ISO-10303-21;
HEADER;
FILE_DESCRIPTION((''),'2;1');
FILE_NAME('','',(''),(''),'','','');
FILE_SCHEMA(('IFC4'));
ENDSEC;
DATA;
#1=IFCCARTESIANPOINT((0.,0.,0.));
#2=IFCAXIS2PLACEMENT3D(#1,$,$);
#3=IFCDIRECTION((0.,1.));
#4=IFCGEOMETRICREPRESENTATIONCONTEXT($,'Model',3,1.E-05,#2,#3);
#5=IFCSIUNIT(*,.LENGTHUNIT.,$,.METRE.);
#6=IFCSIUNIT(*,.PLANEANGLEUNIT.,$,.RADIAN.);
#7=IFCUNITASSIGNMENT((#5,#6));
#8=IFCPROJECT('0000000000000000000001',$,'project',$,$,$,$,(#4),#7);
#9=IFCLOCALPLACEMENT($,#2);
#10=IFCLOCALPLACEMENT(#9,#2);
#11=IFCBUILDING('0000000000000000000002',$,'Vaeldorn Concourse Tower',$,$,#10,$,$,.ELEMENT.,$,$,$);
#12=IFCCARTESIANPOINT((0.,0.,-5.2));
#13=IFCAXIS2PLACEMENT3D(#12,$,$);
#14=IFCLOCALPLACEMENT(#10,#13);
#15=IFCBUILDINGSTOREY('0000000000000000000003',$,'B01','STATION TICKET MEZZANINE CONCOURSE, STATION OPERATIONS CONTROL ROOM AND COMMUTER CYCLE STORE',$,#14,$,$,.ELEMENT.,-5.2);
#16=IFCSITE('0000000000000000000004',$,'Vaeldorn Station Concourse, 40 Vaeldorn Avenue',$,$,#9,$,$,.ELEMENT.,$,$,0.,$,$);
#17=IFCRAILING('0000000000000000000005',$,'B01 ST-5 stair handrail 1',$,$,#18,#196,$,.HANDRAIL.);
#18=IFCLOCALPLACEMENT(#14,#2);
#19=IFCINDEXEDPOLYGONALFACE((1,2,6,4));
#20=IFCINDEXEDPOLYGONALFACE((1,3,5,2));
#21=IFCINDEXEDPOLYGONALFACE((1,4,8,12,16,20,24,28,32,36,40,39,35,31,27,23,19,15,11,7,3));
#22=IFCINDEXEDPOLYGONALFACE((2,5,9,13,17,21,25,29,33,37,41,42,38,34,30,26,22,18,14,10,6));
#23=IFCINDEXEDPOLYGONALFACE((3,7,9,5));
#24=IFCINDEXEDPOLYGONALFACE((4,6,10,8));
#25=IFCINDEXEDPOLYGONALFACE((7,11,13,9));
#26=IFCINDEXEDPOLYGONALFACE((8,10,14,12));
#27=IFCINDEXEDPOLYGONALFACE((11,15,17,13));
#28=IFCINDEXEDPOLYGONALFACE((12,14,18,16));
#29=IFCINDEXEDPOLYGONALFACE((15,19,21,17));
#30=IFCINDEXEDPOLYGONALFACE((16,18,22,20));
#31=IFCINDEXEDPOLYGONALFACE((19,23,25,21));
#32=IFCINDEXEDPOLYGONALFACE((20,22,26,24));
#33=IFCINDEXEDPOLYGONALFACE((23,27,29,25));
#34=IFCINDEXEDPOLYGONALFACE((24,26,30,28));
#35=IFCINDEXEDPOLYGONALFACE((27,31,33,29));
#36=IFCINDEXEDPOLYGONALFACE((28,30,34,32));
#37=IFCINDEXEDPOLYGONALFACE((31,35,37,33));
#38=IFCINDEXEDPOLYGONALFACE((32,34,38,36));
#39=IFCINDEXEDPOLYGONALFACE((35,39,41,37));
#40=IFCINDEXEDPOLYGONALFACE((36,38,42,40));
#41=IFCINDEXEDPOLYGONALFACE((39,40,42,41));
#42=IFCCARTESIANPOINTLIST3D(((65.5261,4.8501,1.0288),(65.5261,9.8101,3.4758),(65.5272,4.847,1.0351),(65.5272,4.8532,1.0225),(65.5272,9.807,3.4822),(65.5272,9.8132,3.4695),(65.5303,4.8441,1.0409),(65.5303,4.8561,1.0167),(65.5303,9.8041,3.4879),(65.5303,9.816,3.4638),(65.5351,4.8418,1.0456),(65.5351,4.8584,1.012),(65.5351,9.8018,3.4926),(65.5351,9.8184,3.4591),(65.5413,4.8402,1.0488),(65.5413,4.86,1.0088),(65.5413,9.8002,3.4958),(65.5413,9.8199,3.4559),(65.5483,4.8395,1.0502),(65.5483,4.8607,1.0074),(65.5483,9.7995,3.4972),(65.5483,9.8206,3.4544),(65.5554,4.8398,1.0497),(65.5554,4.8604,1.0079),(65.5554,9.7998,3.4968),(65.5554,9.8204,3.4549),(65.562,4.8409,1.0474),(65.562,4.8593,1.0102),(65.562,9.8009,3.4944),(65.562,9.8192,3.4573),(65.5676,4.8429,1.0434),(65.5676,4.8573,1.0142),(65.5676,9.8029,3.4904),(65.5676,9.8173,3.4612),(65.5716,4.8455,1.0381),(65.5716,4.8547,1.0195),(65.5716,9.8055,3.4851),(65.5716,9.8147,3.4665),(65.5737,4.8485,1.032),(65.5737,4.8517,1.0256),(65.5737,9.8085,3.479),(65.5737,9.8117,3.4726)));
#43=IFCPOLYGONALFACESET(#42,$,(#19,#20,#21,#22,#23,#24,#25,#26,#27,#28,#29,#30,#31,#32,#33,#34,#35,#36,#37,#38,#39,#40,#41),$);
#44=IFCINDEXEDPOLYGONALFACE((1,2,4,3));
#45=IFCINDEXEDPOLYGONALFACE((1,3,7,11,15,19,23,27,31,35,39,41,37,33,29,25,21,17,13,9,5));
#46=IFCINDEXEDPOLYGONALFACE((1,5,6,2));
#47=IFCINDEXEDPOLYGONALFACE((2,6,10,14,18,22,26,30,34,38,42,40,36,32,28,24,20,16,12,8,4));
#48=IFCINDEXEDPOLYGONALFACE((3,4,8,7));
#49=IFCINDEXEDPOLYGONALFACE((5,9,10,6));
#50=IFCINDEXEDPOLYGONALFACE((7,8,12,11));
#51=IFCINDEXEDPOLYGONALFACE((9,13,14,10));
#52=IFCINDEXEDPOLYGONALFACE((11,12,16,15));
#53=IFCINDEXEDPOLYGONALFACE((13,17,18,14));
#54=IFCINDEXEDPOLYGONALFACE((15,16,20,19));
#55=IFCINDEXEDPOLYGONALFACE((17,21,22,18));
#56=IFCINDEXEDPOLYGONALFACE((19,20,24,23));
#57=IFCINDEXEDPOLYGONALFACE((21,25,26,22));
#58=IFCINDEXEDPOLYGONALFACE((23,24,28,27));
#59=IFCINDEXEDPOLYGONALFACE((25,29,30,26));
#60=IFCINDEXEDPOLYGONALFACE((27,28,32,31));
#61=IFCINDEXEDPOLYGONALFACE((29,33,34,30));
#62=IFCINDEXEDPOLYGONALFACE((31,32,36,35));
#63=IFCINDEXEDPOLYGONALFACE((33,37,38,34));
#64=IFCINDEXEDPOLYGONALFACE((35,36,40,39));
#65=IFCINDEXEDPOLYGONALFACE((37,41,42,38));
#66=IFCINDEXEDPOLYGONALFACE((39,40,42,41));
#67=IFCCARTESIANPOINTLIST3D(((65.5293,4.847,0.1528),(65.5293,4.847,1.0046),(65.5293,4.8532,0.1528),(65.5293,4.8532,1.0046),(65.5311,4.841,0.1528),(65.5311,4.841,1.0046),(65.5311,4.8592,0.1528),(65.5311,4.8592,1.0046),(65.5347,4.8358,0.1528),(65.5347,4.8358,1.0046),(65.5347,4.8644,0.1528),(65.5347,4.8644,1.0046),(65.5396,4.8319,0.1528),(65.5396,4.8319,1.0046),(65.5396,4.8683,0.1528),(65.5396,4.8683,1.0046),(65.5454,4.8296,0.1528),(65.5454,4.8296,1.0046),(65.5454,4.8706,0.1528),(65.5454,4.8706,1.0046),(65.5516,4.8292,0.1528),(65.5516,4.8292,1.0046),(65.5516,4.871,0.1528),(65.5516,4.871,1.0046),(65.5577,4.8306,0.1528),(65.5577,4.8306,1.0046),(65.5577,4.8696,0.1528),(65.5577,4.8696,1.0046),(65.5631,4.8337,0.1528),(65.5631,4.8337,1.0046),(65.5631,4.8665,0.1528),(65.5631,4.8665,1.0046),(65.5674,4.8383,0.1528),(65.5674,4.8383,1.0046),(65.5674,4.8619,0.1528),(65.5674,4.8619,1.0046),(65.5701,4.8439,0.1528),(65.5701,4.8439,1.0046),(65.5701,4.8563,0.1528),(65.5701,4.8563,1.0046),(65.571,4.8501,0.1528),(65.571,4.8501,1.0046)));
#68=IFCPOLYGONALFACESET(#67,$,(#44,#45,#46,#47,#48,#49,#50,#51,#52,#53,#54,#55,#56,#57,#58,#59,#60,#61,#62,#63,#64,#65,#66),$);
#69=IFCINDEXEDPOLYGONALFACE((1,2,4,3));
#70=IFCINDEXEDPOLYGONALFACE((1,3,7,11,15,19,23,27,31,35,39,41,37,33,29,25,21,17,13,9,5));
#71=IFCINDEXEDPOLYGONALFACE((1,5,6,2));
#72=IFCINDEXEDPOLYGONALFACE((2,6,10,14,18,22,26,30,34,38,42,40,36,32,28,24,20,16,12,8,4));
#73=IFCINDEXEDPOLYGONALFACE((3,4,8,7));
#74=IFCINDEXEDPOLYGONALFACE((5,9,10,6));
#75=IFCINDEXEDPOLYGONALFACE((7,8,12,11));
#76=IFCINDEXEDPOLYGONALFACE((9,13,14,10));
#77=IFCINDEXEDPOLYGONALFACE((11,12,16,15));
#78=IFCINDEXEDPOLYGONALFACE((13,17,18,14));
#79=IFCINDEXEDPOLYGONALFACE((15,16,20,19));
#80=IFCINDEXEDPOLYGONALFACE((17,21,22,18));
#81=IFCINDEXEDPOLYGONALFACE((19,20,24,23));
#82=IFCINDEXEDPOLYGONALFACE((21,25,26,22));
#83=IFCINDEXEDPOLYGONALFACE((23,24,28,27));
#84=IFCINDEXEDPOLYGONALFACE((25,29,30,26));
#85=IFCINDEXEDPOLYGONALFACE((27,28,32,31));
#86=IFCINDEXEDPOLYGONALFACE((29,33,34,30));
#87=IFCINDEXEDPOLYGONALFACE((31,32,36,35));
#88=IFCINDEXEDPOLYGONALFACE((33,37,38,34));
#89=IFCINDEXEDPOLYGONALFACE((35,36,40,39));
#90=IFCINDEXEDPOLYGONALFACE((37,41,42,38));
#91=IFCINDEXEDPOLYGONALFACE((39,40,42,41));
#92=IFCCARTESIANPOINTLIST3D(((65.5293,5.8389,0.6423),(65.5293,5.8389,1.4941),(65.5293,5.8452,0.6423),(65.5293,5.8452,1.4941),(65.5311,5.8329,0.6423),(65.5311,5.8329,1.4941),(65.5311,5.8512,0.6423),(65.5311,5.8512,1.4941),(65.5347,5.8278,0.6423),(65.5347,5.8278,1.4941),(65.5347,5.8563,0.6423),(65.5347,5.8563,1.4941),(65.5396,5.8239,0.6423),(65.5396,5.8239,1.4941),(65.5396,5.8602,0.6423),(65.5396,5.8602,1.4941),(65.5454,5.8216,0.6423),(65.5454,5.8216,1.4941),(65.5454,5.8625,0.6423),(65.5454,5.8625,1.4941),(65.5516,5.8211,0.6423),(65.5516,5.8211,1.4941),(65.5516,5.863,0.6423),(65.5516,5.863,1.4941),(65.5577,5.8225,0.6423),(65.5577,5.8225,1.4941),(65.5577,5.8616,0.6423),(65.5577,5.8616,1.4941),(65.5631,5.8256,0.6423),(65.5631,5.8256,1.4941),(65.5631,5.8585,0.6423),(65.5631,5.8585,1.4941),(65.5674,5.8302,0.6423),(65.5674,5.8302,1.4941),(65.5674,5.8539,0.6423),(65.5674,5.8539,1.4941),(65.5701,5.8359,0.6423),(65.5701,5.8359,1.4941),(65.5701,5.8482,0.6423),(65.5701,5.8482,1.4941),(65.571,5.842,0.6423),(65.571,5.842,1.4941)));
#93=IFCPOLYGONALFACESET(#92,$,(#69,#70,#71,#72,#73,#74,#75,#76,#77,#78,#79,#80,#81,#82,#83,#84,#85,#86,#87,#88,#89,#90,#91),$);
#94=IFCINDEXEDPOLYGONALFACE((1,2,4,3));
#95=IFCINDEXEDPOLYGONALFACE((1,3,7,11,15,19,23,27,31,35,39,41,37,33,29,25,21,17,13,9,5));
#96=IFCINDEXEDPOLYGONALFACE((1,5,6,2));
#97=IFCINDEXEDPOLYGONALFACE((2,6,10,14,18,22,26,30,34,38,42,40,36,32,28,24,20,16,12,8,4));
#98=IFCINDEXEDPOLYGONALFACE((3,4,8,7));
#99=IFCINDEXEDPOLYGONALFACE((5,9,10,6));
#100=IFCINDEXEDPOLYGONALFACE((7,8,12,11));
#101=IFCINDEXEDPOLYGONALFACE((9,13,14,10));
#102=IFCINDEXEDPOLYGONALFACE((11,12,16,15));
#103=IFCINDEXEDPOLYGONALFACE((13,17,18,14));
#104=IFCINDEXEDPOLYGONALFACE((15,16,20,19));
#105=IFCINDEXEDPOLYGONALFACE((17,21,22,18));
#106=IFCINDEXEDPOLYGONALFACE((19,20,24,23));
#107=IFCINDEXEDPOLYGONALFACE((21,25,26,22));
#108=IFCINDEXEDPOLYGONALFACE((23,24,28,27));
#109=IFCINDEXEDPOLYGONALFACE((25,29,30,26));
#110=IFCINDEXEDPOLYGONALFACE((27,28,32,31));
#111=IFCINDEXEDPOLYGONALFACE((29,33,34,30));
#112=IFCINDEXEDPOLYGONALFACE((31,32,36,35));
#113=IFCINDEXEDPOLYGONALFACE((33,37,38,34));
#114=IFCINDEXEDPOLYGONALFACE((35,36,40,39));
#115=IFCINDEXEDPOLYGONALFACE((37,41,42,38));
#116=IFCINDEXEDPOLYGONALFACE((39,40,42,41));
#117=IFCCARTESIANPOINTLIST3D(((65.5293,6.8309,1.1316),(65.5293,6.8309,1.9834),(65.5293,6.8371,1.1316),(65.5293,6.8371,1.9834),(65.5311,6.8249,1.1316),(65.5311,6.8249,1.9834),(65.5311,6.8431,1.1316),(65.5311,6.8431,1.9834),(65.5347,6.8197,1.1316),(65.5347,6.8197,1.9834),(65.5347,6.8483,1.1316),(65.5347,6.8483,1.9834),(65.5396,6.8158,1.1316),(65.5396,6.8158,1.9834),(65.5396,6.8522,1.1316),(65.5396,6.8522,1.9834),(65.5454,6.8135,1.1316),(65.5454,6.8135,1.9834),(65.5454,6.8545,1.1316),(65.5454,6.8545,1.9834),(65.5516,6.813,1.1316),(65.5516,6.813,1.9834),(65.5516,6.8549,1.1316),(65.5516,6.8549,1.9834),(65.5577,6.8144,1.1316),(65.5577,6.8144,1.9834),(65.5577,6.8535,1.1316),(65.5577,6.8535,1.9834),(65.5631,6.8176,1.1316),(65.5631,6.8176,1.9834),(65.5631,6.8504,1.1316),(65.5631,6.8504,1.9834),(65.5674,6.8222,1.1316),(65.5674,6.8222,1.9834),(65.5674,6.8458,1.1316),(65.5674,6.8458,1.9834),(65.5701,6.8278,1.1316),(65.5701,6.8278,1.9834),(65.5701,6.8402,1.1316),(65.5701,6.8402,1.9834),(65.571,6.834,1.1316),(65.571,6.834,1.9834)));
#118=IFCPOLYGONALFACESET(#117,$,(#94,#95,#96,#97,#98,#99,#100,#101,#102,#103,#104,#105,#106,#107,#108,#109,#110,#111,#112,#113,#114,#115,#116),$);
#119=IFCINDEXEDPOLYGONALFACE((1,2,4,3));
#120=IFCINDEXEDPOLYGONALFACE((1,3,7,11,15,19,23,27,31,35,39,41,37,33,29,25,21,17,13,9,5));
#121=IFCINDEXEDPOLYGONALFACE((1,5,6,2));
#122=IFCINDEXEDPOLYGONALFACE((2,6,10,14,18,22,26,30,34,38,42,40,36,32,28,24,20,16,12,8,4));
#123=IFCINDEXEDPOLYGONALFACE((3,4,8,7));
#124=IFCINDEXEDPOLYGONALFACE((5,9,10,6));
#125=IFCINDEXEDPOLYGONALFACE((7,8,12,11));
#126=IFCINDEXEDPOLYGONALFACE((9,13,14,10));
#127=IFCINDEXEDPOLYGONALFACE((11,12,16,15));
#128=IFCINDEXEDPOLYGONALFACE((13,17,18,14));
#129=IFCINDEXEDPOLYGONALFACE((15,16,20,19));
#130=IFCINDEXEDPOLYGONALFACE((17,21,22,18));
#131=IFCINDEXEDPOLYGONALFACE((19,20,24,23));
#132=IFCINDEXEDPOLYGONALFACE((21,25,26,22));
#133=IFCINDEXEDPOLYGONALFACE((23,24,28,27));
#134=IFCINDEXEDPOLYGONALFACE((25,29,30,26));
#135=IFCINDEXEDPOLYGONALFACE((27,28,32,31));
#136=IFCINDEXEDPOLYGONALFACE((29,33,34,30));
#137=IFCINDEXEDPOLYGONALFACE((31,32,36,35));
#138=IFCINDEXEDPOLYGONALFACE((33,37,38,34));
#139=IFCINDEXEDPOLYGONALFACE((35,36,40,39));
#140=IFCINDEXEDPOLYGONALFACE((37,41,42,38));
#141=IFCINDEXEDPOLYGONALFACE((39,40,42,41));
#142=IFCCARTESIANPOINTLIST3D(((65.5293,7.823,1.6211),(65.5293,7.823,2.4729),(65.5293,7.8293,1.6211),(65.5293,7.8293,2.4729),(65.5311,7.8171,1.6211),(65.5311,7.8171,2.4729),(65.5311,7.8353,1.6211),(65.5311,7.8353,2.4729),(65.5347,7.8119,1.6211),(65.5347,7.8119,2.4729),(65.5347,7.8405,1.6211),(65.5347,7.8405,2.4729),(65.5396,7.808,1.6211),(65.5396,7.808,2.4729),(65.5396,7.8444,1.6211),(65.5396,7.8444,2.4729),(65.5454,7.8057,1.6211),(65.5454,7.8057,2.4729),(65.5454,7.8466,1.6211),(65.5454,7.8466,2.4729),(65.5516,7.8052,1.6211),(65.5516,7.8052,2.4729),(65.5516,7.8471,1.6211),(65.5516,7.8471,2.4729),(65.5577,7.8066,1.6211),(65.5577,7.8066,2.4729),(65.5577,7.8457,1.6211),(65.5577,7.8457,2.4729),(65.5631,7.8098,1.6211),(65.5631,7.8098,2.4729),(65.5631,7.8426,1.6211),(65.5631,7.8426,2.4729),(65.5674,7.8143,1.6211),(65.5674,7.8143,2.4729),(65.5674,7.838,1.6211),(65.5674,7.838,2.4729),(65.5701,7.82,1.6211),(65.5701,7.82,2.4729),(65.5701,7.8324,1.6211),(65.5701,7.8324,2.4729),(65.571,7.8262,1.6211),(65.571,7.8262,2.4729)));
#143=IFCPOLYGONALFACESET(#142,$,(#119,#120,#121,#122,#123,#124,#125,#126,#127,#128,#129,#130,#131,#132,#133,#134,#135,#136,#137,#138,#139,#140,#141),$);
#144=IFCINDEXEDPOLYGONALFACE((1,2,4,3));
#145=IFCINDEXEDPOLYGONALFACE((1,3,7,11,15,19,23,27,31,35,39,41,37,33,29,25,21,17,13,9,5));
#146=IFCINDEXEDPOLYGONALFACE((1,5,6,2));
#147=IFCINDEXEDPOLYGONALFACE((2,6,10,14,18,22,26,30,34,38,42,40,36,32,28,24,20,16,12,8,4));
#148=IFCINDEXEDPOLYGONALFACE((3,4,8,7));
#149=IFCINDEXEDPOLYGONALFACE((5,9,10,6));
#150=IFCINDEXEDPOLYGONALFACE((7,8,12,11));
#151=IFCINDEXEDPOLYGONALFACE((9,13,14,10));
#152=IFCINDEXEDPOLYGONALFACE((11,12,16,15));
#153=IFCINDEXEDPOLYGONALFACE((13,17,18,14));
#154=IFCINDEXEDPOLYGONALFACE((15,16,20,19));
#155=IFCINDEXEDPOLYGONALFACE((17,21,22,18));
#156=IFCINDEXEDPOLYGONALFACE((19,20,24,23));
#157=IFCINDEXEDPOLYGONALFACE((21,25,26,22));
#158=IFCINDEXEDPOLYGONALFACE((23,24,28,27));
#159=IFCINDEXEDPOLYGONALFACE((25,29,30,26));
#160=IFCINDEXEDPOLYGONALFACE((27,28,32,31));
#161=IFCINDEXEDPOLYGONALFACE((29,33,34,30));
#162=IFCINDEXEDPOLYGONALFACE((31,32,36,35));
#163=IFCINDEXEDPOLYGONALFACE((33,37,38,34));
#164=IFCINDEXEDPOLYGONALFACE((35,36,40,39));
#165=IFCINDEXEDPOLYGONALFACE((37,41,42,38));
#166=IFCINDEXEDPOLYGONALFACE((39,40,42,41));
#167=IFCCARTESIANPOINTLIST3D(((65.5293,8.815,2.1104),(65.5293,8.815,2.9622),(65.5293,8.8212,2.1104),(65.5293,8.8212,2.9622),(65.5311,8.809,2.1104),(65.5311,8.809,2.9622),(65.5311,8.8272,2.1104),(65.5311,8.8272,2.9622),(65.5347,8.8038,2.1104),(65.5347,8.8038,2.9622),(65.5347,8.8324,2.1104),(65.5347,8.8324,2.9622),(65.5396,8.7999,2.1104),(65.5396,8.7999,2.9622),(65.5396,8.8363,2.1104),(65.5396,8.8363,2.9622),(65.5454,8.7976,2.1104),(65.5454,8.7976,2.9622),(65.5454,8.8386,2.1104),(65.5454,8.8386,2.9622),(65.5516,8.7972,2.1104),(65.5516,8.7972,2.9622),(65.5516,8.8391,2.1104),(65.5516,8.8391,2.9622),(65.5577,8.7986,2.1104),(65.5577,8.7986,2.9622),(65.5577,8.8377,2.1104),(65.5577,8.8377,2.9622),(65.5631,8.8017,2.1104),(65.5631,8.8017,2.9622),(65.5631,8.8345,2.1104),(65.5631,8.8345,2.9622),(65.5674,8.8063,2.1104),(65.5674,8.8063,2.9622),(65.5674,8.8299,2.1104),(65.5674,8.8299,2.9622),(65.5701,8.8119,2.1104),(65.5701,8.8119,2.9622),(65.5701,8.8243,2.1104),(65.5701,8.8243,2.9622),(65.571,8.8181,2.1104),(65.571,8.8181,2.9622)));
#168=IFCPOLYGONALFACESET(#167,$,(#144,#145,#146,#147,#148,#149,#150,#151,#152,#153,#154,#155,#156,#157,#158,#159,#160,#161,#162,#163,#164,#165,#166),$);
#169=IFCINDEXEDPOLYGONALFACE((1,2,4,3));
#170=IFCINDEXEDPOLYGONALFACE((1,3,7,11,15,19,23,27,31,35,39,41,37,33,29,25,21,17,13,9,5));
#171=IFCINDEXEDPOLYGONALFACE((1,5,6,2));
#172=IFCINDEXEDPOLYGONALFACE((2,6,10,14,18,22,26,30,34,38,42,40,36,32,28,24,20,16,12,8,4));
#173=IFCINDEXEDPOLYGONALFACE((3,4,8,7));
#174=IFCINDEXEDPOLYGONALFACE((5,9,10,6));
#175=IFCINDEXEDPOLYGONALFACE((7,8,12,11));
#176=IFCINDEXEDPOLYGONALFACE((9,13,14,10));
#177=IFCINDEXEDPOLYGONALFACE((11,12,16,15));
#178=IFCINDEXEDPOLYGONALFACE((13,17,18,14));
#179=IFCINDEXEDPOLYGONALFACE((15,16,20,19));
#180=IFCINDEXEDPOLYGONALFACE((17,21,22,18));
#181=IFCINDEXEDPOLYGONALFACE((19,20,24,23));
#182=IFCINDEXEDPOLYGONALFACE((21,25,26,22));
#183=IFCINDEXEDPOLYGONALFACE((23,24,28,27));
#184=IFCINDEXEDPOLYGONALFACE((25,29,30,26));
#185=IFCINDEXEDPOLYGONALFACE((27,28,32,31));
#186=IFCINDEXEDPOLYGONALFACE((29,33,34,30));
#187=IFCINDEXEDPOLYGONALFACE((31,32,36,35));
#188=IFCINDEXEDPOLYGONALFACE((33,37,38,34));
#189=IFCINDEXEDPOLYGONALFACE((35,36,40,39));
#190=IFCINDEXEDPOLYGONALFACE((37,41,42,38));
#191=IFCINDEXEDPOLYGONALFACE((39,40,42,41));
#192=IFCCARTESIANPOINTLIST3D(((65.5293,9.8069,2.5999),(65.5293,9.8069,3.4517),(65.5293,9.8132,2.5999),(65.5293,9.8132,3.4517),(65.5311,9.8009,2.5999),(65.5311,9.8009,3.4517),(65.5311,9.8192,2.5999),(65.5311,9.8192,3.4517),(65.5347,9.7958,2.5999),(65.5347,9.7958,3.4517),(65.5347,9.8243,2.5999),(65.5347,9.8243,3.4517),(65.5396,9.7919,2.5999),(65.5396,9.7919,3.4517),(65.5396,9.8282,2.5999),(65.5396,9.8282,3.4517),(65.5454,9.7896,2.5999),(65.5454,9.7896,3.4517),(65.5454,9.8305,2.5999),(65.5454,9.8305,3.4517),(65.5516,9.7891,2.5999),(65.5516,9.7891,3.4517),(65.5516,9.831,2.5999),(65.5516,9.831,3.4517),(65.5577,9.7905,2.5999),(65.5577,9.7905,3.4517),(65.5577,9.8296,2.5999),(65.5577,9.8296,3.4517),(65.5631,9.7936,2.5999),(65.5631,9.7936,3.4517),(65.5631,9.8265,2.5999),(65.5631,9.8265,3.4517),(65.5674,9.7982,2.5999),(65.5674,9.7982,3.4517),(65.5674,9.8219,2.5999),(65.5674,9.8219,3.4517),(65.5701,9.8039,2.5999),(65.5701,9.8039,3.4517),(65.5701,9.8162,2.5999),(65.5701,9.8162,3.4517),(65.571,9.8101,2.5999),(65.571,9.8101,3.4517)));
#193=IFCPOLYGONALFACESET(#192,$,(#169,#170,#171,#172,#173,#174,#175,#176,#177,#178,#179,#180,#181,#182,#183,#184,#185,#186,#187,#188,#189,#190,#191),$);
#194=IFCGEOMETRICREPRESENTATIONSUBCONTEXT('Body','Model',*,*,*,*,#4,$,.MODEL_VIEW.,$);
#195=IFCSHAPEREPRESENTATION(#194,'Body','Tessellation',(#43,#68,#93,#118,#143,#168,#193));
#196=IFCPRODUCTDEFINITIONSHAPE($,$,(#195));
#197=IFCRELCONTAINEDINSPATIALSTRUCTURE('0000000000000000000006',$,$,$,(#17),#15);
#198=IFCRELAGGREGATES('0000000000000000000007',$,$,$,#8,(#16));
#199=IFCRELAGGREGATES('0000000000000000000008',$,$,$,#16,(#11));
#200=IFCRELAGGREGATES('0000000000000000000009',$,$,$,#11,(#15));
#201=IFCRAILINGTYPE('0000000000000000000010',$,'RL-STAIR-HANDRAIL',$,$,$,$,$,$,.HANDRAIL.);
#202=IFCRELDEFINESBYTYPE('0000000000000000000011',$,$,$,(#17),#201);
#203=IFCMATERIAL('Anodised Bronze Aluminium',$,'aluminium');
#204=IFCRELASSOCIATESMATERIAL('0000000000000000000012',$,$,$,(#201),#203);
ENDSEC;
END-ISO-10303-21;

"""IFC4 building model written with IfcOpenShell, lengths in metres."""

from ifc_helpers import new_model, si_unit, direction, frame, origin, origin_2d, place, context, subcontext, project, spatial, circle, extrude, material, type_object, element, save


model = new_model("IFC4")

# Units and contexts
model_context = context("Model", 3, precision=1e-05, world=origin(), true_north=direction((0.0, 1.0)))
body_context = subcontext(model_context, "Body", "Model", "MODEL_VIEW")
ifc_project = project(units=[si_unit("LENGTHUNIT", "METRE"), si_unit("PLANEANGLEUNIT", "RADIAN")], contexts=[model_context])

# Site, building, storey
site_placement = place(None, origin())
site = spatial("IfcSite", under=ifc_project, at=site_placement, Name="Vaeldorn Station Concourse, 40 Vaeldorn Avenue", CompositionType="ELEMENT", RefElevation=0.0)
building_placement = place(site_placement, origin())
building = spatial("IfcBuilding", under=site, at=building_placement, Name="Vaeldorn Concourse Tower", CompositionType="ELEMENT")
storey_placement = place(building_placement, frame((0.0, 0.0, -5.2)))
storey = spatial("IfcBuildingStorey", under=building, at=storey_placement, Name="B01", Description="STATION TICKET MEZZANINE CONCOURSE, STATION OPERATIONS CONTROL ROOM AND COMMUTER CYCLE STORE", CompositionType="ELEMENT", Elevation=-5.2)

# Railing
ifc_material_1 = material(Name="Anodised Bronze Aluminium", Category="aluminium")
railing_type_1 = type_object("IfcRailingType", Name="RL-STAIR-HANDRAIL", PredefinedType="HANDRAIL", material=ifc_material_1)
railing_1_placement = place(storey_placement, frame((65.55, 4.8501, 0.1528)))
element("IfcRailing", 1, at=railing_1_placement, inside=storey, type_object=railing_type_1, Name="B01 ST-5 stair handrail 1", PredefinedType="HANDRAIL", context=body_context, shape_type="SweptSolid", body=[
    extrude(circle(Radius=0.0239, at=origin_2d()), frame((0.0, 0.0, 0.876), z_axis=(0.0, 0.896798, 0.44244), x_axis=(-1.0, 0.0, 0.0)), (0.0, 0.0, 1.0), 5.5308),
    extrude(circle(Radius=0.021, at=origin_2d()), origin(), (0.0, 0.0, 1.0), 0.8518),
    extrude(circle(Radius=0.021, at=origin_2d()), frame((0.0, 0.9919, 0.4895)), (0.0, 0.0, 1.0), 0.8518),
    extrude(circle(Radius=0.021, at=origin_2d()), frame((0.0, 1.9839, 0.9788)), (0.0, 0.0, 1.0), 0.8518),
    extrude(circle(Radius=0.021, at=origin_2d()), frame((0.0, 2.9761, 1.4683)), (0.0, 0.0, 1.0), 0.8518),
    extrude(circle(Radius=0.021, at=origin_2d()), frame((0.0, 3.968, 1.9575)), (0.0, 0.0, 1.0), 0.8518),
    extrude(circle(Radius=0.021, at=origin_2d()), frame((0.0, 4.96, 2.447)), (0.0, 0.0, 1.0), 0.8518),
])

save(model, "model.ifc")
